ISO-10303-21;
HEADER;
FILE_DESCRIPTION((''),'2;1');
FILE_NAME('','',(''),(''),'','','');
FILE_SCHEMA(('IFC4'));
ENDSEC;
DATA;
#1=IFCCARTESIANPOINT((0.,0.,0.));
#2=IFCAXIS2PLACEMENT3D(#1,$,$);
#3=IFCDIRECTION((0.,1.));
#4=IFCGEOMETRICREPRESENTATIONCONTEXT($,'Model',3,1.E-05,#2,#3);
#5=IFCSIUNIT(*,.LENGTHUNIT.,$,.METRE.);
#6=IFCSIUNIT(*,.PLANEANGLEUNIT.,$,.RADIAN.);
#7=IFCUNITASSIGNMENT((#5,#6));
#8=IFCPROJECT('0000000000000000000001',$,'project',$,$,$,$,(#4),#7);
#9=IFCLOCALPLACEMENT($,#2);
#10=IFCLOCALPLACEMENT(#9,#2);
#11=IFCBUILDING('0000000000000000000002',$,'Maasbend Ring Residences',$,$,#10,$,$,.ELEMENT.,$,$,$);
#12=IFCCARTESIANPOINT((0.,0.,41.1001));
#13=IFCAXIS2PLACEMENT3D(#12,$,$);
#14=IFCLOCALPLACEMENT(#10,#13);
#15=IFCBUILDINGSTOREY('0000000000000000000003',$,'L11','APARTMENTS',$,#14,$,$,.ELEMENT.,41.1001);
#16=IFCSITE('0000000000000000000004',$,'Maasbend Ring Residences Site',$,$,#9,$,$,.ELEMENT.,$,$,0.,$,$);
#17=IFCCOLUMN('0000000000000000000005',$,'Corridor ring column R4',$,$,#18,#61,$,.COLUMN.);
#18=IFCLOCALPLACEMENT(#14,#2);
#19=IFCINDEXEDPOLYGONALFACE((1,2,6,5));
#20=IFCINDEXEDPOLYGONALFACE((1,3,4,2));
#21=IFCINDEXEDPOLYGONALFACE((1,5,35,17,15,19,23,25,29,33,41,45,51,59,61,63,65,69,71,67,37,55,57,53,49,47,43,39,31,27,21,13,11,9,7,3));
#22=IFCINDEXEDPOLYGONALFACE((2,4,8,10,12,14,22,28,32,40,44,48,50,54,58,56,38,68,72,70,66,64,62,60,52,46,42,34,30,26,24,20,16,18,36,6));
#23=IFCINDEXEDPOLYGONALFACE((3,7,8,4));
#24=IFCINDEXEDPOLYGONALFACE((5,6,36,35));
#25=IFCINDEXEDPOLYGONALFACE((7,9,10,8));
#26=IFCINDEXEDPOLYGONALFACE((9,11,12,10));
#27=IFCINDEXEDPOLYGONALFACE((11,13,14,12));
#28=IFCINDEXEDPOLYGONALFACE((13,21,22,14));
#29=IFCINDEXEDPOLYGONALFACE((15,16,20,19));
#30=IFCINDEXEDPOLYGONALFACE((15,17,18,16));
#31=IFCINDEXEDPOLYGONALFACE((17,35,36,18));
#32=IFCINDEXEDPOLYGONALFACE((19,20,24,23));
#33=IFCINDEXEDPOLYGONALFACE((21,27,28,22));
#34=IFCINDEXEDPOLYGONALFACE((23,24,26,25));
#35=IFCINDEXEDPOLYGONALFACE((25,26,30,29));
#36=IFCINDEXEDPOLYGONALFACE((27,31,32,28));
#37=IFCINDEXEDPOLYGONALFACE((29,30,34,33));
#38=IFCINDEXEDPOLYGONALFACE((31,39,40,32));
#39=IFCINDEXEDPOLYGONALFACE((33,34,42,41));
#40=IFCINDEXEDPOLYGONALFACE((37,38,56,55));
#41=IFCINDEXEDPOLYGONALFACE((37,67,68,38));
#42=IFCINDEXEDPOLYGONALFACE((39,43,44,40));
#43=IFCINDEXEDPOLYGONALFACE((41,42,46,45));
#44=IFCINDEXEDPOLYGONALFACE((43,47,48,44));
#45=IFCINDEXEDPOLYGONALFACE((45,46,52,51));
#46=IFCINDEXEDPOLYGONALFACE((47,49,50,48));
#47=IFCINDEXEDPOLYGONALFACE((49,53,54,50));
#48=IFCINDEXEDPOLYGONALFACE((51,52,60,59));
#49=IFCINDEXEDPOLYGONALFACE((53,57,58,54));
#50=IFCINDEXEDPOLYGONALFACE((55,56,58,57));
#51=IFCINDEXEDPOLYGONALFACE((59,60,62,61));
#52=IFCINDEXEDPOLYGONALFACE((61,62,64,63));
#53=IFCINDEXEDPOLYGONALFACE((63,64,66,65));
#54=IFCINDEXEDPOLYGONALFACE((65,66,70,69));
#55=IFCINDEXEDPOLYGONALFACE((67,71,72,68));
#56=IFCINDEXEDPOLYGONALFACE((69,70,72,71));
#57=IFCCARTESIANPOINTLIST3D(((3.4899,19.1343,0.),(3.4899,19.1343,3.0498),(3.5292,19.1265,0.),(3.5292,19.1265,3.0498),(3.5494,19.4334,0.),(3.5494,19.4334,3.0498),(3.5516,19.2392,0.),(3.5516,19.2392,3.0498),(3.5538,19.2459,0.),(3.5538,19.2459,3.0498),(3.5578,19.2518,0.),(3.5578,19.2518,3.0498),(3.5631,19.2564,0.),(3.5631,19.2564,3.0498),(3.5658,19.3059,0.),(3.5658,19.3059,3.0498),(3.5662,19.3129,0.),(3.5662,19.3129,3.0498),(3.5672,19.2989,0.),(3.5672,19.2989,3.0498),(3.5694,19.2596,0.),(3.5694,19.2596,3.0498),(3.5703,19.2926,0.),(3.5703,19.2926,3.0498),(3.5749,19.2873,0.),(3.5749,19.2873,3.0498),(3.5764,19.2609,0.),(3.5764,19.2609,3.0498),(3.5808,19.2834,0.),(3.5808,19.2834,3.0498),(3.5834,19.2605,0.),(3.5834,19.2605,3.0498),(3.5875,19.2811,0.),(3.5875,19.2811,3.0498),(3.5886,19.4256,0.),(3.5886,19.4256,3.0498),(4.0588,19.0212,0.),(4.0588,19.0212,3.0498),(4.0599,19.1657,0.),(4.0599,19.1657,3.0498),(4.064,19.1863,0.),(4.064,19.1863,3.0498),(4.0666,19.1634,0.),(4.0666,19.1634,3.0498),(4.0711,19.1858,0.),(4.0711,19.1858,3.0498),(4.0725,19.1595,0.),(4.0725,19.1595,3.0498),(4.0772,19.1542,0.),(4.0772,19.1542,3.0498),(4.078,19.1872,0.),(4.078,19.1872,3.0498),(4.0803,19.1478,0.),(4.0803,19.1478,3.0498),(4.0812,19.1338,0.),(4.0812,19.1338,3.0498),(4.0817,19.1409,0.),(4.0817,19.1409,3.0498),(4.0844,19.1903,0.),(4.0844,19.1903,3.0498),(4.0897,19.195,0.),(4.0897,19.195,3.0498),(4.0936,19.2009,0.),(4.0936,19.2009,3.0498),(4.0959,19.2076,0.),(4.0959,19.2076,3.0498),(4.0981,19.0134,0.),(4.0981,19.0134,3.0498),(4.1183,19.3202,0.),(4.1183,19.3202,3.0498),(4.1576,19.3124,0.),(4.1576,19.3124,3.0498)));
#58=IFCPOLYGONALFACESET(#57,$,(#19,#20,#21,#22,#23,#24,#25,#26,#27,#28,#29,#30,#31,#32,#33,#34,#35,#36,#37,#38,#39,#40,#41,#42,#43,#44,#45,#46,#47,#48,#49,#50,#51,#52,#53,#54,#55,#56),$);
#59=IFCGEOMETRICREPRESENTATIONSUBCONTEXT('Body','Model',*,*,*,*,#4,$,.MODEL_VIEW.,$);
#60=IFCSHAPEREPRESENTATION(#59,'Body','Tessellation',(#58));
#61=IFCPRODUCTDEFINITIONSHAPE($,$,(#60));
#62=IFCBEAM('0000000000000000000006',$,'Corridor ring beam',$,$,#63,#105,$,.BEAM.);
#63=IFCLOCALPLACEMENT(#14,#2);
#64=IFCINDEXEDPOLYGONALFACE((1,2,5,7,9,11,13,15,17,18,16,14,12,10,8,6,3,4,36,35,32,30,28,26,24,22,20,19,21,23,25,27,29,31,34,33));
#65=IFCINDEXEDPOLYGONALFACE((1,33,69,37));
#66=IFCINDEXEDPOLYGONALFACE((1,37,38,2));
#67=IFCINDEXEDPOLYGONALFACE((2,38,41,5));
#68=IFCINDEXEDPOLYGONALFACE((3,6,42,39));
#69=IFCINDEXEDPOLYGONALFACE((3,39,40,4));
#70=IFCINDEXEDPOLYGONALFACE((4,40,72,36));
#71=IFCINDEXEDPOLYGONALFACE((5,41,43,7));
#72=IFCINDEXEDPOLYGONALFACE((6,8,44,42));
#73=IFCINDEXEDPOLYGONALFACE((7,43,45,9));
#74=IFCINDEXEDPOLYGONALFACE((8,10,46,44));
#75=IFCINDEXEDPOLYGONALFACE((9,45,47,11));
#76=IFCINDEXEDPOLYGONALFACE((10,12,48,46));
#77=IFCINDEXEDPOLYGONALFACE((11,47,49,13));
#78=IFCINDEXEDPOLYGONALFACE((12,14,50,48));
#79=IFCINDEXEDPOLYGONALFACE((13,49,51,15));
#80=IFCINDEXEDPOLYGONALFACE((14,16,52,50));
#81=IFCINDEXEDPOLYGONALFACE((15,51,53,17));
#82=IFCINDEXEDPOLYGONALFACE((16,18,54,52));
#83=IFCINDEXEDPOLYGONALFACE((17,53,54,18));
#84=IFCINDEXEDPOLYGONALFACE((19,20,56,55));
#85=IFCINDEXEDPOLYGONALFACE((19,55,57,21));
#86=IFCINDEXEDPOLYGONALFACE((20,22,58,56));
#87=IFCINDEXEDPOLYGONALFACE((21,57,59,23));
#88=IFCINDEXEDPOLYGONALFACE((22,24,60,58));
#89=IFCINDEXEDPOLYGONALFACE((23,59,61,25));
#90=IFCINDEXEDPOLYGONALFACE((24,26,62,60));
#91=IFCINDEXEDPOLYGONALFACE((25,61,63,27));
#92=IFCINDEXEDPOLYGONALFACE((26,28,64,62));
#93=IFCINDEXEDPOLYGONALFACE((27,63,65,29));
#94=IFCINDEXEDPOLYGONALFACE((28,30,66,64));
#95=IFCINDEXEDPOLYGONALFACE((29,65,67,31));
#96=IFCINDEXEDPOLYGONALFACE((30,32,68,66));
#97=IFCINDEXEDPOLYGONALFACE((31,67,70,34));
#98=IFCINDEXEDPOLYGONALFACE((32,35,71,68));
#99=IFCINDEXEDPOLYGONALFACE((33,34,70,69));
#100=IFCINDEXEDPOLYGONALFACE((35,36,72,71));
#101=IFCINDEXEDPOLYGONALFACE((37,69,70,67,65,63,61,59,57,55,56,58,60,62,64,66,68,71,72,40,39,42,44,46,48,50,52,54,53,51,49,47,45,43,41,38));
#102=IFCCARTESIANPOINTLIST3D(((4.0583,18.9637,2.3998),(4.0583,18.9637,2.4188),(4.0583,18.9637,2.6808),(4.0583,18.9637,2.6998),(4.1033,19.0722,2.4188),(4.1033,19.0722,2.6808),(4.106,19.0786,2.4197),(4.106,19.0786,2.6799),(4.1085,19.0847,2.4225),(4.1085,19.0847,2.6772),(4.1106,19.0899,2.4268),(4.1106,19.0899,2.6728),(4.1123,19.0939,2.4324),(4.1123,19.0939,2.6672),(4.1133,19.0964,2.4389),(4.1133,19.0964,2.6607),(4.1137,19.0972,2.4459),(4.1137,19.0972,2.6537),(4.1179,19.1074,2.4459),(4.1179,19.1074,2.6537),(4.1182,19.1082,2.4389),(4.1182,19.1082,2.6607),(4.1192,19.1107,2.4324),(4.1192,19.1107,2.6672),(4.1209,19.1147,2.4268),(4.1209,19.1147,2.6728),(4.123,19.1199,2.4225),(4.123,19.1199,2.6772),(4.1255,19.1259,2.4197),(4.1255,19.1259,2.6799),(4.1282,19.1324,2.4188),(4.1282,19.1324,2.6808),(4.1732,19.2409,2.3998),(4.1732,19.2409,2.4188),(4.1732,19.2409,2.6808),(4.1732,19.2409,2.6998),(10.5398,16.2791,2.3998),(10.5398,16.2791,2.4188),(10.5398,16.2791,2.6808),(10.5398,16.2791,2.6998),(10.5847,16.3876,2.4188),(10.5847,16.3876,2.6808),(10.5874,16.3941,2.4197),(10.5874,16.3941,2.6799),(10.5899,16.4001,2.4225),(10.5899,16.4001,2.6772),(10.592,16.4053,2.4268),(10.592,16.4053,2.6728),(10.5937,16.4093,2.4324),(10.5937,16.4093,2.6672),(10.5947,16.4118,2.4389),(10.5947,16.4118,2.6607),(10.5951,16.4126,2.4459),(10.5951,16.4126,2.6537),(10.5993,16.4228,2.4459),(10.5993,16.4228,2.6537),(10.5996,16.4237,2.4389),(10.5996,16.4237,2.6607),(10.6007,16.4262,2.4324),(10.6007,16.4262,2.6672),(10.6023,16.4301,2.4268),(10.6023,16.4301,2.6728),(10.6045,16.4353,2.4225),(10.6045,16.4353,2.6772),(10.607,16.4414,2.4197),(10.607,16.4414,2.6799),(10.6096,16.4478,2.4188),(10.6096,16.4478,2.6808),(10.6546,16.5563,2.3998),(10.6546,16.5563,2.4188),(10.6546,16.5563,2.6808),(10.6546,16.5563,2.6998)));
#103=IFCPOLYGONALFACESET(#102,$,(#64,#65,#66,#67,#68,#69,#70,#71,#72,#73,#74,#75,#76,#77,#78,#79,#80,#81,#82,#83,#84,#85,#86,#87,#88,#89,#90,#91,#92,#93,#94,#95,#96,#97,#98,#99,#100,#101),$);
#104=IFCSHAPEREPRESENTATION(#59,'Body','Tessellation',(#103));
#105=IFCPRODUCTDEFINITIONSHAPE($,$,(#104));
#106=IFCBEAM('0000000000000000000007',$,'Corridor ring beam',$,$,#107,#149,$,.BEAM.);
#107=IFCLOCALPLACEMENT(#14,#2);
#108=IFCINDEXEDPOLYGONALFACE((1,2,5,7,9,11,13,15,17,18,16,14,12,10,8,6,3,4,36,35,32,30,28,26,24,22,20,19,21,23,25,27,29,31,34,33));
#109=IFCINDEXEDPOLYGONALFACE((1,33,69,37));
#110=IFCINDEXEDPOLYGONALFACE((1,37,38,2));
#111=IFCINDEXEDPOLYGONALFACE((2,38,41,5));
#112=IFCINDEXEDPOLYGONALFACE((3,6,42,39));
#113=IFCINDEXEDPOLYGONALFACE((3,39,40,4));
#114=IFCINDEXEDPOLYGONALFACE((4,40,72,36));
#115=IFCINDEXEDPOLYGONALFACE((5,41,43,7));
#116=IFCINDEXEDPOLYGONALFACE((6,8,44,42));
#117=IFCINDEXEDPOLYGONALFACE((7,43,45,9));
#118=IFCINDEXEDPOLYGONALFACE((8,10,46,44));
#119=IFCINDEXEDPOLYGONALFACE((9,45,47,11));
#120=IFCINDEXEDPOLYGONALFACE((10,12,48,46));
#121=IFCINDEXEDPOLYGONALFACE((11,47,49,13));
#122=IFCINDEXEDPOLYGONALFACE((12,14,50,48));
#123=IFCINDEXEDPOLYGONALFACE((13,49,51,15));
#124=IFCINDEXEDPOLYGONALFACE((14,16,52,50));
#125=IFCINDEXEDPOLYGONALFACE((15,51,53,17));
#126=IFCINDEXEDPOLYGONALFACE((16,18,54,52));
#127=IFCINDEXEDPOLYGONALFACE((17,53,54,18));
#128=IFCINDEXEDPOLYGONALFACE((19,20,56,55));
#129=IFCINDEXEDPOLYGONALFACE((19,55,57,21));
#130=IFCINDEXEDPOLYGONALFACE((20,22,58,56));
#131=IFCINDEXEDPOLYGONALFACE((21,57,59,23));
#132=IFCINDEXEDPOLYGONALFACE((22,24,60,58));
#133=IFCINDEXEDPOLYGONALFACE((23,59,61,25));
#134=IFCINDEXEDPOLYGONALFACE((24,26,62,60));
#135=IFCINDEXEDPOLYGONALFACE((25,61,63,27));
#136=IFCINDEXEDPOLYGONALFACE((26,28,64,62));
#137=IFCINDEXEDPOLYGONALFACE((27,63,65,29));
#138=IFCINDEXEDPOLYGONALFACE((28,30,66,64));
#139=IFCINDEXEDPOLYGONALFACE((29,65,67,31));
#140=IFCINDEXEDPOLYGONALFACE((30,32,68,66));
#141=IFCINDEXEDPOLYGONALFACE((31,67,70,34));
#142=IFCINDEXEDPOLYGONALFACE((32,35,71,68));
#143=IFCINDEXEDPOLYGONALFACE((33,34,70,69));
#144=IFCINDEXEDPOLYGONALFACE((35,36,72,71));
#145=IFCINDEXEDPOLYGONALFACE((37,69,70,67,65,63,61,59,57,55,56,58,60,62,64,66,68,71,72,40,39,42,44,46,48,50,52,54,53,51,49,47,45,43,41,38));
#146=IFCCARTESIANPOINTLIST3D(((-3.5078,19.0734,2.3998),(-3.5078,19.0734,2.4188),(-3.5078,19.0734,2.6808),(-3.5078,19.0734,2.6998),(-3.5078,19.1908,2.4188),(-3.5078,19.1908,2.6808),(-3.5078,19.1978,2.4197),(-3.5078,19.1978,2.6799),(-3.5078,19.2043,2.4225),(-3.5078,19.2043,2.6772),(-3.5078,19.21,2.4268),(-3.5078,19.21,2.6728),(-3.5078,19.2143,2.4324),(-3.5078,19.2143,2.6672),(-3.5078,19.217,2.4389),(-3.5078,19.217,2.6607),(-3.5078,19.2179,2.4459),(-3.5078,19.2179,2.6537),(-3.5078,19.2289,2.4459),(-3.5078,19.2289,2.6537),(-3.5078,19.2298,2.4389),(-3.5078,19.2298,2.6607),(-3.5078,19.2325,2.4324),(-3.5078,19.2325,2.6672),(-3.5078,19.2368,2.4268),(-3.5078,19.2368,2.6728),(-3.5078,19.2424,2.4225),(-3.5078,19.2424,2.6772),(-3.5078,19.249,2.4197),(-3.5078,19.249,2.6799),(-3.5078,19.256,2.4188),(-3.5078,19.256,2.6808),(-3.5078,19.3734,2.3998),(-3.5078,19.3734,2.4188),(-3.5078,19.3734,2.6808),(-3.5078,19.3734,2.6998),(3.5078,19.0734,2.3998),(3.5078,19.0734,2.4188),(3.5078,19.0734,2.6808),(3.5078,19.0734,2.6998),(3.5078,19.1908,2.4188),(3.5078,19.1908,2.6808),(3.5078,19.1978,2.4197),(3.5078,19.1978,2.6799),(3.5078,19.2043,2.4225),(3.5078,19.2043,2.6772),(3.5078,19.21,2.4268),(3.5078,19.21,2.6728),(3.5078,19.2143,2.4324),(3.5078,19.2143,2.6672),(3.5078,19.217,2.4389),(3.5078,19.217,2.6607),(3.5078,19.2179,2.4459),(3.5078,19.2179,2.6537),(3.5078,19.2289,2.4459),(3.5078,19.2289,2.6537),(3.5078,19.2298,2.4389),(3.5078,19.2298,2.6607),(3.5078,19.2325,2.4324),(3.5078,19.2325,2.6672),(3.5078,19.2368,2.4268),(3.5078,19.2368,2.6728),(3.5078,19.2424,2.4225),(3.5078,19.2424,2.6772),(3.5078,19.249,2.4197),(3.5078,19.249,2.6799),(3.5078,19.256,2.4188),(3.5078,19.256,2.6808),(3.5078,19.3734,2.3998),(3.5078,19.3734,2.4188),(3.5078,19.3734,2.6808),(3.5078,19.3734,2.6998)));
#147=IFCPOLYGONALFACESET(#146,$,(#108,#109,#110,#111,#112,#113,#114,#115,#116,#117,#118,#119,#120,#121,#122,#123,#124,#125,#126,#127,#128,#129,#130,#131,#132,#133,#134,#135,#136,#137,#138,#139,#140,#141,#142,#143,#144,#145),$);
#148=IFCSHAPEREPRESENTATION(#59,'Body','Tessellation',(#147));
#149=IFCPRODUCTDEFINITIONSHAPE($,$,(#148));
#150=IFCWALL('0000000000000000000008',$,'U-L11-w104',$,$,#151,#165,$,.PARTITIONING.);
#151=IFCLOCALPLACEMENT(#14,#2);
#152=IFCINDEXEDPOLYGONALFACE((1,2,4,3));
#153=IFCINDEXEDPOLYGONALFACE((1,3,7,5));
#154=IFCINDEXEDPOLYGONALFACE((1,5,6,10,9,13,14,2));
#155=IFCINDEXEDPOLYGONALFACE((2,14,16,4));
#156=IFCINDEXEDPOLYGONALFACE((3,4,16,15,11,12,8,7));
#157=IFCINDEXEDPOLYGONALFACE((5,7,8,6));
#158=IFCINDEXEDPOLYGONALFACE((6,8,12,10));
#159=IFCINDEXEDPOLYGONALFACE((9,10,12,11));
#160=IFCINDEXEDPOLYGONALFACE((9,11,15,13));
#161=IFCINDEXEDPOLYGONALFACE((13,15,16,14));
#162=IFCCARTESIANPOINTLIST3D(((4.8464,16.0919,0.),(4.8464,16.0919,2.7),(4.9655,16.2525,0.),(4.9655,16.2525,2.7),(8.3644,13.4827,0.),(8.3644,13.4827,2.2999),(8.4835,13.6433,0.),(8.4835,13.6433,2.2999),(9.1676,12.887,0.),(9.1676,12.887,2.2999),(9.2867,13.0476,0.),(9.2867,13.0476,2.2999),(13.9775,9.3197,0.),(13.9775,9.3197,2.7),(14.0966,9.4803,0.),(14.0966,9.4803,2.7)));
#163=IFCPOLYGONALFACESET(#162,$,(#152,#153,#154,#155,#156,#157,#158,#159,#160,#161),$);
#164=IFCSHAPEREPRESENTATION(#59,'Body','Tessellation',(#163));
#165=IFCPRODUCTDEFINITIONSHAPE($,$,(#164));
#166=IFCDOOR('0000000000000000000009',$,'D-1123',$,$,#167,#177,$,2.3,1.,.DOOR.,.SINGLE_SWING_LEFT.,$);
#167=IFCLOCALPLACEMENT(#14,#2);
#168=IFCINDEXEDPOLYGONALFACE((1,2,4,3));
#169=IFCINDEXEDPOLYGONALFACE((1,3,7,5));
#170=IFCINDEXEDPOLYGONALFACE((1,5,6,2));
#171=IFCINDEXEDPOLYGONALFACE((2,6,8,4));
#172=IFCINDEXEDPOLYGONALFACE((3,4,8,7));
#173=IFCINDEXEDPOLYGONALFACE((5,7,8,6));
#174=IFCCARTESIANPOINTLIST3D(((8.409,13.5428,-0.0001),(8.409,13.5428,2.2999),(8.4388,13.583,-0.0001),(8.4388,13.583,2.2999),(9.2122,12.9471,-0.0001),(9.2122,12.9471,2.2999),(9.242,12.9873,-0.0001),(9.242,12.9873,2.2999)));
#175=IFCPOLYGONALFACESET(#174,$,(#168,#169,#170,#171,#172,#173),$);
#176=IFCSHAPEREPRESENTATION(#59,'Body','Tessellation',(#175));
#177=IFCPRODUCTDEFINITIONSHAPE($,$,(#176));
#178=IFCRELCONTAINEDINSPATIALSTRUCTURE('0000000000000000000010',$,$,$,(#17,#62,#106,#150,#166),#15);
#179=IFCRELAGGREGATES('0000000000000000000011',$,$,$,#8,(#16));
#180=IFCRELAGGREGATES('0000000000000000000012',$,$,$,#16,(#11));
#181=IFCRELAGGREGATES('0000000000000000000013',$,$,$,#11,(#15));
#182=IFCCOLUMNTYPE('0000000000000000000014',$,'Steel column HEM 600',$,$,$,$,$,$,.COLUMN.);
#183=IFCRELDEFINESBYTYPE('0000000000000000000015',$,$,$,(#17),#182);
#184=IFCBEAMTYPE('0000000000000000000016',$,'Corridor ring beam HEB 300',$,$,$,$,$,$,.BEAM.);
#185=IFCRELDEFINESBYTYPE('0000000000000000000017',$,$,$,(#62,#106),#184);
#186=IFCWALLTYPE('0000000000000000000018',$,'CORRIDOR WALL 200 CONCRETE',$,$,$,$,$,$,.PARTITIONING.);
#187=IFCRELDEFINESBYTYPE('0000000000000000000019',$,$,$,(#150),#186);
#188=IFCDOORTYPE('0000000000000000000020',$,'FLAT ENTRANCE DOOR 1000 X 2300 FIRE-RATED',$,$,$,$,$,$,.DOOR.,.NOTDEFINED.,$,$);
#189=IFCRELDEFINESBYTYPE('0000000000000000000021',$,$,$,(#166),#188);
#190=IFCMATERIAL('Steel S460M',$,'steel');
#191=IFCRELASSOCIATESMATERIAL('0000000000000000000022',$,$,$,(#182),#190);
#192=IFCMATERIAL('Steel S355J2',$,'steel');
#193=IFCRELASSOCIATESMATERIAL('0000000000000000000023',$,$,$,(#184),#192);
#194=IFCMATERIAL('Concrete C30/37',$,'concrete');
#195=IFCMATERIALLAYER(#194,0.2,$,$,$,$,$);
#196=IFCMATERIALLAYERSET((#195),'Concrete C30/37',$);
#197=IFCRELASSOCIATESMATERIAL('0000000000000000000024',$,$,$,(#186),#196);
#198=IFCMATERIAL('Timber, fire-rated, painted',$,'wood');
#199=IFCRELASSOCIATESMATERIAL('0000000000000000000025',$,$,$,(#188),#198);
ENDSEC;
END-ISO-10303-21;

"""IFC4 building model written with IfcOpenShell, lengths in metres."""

from ifc_helpers import new_model, si_unit, direction, frame, frame_2d, origin, origin_2d, place, context, subcontext, project, spatial, rectangle, i_section, extrude, material, layer, layer_set, material_profile, profile_set, type_object, element, fill, save


model = new_model("IFC4")

# Units and contexts
model_context = context("Model", 3, precision=1e-05, world=origin(), true_north=direction((0.0, 1.0)))
body_context = subcontext(model_context, "Body", "Model", "MODEL_VIEW")
ifc_project = project(units=[si_unit("LENGTHUNIT", "METRE"), si_unit("PLANEANGLEUNIT", "RADIAN")], contexts=[model_context])

# Site, building, storey
site_placement = place(None, origin())
site = spatial("IfcSite", under=ifc_project, at=site_placement, Name="Maasbend Ring Residences Site", CompositionType="ELEMENT", RefElevation=0.0)
building_placement = place(site_placement, origin())
building = spatial("IfcBuilding", under=site, at=building_placement, Name="Maasbend Ring Residences", CompositionType="ELEMENT")
storey_placement = place(building_placement, frame((0.0, 0.0, 41.1001)))
storey = spatial("IfcBuildingStorey", under=building, at=storey_placement, Name="L11", Description="APARTMENTS", CompositionType="ELEMENT", Elevation=41.1001)

# Column
ifc_material_1 = material(Name="Steel S460M", Category="steel")
ifc_material_profile_1 = material_profile(ifc_material_1, i_section(OverallWidth=0.3049, OverallDepth=0.6201, WebThickness=0.021, FlangeThickness=0.04, FilletRadius=0.0271, at=origin_2d()), Name="HEM 600")
ifc_profile_set_1 = profile_set([ifc_material_profile_1], Name="Steel S460M")
column_type = type_object("IfcColumnType", Name="Steel column HEM 600", PredefinedType="COLUMN", material=ifc_profile_set_1)
column_placement = place(storey_placement, frame((3.8237, 19.2234, 0.0), z_axis=(0.0, 0.0, 1.0), x_axis=(0.19509, 0.980785, 0.0)))
element("IfcColumn", 1, at=column_placement, inside=storey, type_object=column_type, Name="Corridor ring column R4", PredefinedType="COLUMN", context=body_context, shape_type="SweptSolid", body=[
    extrude(i_section(OverallWidth=0.3049, OverallDepth=0.6201, WebThickness=0.021, FlangeThickness=0.04, FilletRadius=0.0271, at=origin_2d()), origin(), (0.0, 0.0, 1.0), 3.0498),
])

# Beams
ifc_material_2 = material(Name="Steel S355J2", Category="steel")
ifc_material_profile_2 = material_profile(ifc_material_2, i_section(OverallWidth=0.3, OverallDepth=0.3, WebThickness=0.011, FlangeThickness=0.019, FilletRadius=0.0271, at=origin_2d()), Name="HEB 300")
ifc_profile_set_2 = profile_set([ifc_material_profile_2], Name="Steel S355J2")
beam_type = type_object("IfcBeamType", Name="Corridor ring beam HEB 300", PredefinedType="BEAM", material=ifc_profile_set_2)
beam_1_placement = place(storey_placement, frame((10.5972, 16.4177, 2.5498), z_axis=(-0.923886, 0.382667, 0.0), x_axis=(-0.382667, -0.923886, 0.0)))
element("IfcBeam", 2, at=beam_1_placement, inside=storey, type_object=beam_type, Name="Corridor ring beam", PredefinedType="BEAM", context=body_context, shape_type="SweptSolid", body=[
    extrude(i_section(OverallWidth=0.3, OverallDepth=0.3, WebThickness=0.011, FlangeThickness=0.019, FilletRadius=0.0271, at=origin_2d()), origin(), (0.0, 0.0, 1.0), 7.0154),
])
beam_2_placement = place(storey_placement, frame((3.5078, 19.2234, 2.5498), z_axis=(-1.0, 0.0, 0.0), x_axis=(0.0, -1.0, 0.0)))
element("IfcBeam", 3, at=beam_2_placement, inside=storey, type_object=beam_type, Name="Corridor ring beam", PredefinedType="BEAM", context=body_context, shape_type="SweptSolid", body=[
    extrude(i_section(OverallWidth=0.3, OverallDepth=0.3, WebThickness=0.011, FlangeThickness=0.019, FilletRadius=0.0271, at=origin_2d()), origin(), (0.0, 0.0, 1.0), 7.0156),
])

# Wall, opening, door
ifc_material_3 = material(Name="Concrete C30/37", Category="concrete")
ifc_layer_1 = layer(ifc_material_3, 0.2)
ifc_layer_set_1 = layer_set([ifc_layer_1], Name="Concrete C30/37")
wall_type_1 = type_object("IfcWallType", Name="CORRIDOR WALL 200 CONCRETE", PredefinedType="PARTITIONING", material=ifc_layer_set_1)
wall_1_placement = place(storey_placement, frame((4.906, 16.1721, 0.0), z_axis=(0.0, 0.0, 1.0), x_axis=(0.803202, -0.595707, 0.0)))
wall_1 = element("IfcWall", 4, at=wall_1_placement, inside=storey, type_object=wall_type_1, Name="U-L11-w104", PredefinedType="PARTITIONING", context=body_context, shape_type="SweptSolid", body=[
    extrude(rectangle(XDim=11.3684, YDim=0.2, at=frame_2d((5.6841, 0.0))), origin(), (0.0, 0.0, 1.0), 2.7),
])
opening_1_placement = place(wall_1_placement, frame((4.3799, 0.0, 0.0)))
opening_1 = element("IfcOpeningElement", 5, at=opening_1_placement, cuts=wall_1, PredefinedType="OPENING", context=body_context, shape_type="SweptSolid", body=[
    extrude(rectangle(XDim=1.0, YDim=2.3, at=frame_2d((0.5, 1.1499))), frame((0.0, 0.1099, 0.0), z_axis=(0.0, -1.0, 0.0), x_axis=(1.0, 0.0, 0.0)), (0.0, 0.0, 1.0), 0.22),
])
ifc_material_4 = material(Name="Timber, fire-rated, painted", Category="wood")
door_type_1 = type_object("IfcDoorType", Name="FLAT ENTRANCE DOOR 1000 X 2300 FIRE-RATED", OperationType="NOTDEFINED", PredefinedType="DOOR", material=ifc_material_4)
door_1_placement = place(opening_1_placement, origin())
door_1 = element("IfcDoor", 6, at=door_1_placement, inside=storey, type_object=door_type_1, Name="D-1123", OperationType="SINGLE_SWING_LEFT", OverallHeight=2.3, OverallWidth=1.0, PredefinedType="DOOR", context=body_context, shape_type="SweptSolid", body=[
    extrude(rectangle(XDim=1.0, YDim=2.3, at=frame_2d((0.5, 1.1499))), frame((0.0, 0.0249, 0.0), z_axis=(0.0, -1.0, 0.0), x_axis=(1.0, 0.0, 0.0)), (0.0, 0.0, 1.0), 0.05),
])
fill(opening_1, door_1)

save(model, "model.ifc")
